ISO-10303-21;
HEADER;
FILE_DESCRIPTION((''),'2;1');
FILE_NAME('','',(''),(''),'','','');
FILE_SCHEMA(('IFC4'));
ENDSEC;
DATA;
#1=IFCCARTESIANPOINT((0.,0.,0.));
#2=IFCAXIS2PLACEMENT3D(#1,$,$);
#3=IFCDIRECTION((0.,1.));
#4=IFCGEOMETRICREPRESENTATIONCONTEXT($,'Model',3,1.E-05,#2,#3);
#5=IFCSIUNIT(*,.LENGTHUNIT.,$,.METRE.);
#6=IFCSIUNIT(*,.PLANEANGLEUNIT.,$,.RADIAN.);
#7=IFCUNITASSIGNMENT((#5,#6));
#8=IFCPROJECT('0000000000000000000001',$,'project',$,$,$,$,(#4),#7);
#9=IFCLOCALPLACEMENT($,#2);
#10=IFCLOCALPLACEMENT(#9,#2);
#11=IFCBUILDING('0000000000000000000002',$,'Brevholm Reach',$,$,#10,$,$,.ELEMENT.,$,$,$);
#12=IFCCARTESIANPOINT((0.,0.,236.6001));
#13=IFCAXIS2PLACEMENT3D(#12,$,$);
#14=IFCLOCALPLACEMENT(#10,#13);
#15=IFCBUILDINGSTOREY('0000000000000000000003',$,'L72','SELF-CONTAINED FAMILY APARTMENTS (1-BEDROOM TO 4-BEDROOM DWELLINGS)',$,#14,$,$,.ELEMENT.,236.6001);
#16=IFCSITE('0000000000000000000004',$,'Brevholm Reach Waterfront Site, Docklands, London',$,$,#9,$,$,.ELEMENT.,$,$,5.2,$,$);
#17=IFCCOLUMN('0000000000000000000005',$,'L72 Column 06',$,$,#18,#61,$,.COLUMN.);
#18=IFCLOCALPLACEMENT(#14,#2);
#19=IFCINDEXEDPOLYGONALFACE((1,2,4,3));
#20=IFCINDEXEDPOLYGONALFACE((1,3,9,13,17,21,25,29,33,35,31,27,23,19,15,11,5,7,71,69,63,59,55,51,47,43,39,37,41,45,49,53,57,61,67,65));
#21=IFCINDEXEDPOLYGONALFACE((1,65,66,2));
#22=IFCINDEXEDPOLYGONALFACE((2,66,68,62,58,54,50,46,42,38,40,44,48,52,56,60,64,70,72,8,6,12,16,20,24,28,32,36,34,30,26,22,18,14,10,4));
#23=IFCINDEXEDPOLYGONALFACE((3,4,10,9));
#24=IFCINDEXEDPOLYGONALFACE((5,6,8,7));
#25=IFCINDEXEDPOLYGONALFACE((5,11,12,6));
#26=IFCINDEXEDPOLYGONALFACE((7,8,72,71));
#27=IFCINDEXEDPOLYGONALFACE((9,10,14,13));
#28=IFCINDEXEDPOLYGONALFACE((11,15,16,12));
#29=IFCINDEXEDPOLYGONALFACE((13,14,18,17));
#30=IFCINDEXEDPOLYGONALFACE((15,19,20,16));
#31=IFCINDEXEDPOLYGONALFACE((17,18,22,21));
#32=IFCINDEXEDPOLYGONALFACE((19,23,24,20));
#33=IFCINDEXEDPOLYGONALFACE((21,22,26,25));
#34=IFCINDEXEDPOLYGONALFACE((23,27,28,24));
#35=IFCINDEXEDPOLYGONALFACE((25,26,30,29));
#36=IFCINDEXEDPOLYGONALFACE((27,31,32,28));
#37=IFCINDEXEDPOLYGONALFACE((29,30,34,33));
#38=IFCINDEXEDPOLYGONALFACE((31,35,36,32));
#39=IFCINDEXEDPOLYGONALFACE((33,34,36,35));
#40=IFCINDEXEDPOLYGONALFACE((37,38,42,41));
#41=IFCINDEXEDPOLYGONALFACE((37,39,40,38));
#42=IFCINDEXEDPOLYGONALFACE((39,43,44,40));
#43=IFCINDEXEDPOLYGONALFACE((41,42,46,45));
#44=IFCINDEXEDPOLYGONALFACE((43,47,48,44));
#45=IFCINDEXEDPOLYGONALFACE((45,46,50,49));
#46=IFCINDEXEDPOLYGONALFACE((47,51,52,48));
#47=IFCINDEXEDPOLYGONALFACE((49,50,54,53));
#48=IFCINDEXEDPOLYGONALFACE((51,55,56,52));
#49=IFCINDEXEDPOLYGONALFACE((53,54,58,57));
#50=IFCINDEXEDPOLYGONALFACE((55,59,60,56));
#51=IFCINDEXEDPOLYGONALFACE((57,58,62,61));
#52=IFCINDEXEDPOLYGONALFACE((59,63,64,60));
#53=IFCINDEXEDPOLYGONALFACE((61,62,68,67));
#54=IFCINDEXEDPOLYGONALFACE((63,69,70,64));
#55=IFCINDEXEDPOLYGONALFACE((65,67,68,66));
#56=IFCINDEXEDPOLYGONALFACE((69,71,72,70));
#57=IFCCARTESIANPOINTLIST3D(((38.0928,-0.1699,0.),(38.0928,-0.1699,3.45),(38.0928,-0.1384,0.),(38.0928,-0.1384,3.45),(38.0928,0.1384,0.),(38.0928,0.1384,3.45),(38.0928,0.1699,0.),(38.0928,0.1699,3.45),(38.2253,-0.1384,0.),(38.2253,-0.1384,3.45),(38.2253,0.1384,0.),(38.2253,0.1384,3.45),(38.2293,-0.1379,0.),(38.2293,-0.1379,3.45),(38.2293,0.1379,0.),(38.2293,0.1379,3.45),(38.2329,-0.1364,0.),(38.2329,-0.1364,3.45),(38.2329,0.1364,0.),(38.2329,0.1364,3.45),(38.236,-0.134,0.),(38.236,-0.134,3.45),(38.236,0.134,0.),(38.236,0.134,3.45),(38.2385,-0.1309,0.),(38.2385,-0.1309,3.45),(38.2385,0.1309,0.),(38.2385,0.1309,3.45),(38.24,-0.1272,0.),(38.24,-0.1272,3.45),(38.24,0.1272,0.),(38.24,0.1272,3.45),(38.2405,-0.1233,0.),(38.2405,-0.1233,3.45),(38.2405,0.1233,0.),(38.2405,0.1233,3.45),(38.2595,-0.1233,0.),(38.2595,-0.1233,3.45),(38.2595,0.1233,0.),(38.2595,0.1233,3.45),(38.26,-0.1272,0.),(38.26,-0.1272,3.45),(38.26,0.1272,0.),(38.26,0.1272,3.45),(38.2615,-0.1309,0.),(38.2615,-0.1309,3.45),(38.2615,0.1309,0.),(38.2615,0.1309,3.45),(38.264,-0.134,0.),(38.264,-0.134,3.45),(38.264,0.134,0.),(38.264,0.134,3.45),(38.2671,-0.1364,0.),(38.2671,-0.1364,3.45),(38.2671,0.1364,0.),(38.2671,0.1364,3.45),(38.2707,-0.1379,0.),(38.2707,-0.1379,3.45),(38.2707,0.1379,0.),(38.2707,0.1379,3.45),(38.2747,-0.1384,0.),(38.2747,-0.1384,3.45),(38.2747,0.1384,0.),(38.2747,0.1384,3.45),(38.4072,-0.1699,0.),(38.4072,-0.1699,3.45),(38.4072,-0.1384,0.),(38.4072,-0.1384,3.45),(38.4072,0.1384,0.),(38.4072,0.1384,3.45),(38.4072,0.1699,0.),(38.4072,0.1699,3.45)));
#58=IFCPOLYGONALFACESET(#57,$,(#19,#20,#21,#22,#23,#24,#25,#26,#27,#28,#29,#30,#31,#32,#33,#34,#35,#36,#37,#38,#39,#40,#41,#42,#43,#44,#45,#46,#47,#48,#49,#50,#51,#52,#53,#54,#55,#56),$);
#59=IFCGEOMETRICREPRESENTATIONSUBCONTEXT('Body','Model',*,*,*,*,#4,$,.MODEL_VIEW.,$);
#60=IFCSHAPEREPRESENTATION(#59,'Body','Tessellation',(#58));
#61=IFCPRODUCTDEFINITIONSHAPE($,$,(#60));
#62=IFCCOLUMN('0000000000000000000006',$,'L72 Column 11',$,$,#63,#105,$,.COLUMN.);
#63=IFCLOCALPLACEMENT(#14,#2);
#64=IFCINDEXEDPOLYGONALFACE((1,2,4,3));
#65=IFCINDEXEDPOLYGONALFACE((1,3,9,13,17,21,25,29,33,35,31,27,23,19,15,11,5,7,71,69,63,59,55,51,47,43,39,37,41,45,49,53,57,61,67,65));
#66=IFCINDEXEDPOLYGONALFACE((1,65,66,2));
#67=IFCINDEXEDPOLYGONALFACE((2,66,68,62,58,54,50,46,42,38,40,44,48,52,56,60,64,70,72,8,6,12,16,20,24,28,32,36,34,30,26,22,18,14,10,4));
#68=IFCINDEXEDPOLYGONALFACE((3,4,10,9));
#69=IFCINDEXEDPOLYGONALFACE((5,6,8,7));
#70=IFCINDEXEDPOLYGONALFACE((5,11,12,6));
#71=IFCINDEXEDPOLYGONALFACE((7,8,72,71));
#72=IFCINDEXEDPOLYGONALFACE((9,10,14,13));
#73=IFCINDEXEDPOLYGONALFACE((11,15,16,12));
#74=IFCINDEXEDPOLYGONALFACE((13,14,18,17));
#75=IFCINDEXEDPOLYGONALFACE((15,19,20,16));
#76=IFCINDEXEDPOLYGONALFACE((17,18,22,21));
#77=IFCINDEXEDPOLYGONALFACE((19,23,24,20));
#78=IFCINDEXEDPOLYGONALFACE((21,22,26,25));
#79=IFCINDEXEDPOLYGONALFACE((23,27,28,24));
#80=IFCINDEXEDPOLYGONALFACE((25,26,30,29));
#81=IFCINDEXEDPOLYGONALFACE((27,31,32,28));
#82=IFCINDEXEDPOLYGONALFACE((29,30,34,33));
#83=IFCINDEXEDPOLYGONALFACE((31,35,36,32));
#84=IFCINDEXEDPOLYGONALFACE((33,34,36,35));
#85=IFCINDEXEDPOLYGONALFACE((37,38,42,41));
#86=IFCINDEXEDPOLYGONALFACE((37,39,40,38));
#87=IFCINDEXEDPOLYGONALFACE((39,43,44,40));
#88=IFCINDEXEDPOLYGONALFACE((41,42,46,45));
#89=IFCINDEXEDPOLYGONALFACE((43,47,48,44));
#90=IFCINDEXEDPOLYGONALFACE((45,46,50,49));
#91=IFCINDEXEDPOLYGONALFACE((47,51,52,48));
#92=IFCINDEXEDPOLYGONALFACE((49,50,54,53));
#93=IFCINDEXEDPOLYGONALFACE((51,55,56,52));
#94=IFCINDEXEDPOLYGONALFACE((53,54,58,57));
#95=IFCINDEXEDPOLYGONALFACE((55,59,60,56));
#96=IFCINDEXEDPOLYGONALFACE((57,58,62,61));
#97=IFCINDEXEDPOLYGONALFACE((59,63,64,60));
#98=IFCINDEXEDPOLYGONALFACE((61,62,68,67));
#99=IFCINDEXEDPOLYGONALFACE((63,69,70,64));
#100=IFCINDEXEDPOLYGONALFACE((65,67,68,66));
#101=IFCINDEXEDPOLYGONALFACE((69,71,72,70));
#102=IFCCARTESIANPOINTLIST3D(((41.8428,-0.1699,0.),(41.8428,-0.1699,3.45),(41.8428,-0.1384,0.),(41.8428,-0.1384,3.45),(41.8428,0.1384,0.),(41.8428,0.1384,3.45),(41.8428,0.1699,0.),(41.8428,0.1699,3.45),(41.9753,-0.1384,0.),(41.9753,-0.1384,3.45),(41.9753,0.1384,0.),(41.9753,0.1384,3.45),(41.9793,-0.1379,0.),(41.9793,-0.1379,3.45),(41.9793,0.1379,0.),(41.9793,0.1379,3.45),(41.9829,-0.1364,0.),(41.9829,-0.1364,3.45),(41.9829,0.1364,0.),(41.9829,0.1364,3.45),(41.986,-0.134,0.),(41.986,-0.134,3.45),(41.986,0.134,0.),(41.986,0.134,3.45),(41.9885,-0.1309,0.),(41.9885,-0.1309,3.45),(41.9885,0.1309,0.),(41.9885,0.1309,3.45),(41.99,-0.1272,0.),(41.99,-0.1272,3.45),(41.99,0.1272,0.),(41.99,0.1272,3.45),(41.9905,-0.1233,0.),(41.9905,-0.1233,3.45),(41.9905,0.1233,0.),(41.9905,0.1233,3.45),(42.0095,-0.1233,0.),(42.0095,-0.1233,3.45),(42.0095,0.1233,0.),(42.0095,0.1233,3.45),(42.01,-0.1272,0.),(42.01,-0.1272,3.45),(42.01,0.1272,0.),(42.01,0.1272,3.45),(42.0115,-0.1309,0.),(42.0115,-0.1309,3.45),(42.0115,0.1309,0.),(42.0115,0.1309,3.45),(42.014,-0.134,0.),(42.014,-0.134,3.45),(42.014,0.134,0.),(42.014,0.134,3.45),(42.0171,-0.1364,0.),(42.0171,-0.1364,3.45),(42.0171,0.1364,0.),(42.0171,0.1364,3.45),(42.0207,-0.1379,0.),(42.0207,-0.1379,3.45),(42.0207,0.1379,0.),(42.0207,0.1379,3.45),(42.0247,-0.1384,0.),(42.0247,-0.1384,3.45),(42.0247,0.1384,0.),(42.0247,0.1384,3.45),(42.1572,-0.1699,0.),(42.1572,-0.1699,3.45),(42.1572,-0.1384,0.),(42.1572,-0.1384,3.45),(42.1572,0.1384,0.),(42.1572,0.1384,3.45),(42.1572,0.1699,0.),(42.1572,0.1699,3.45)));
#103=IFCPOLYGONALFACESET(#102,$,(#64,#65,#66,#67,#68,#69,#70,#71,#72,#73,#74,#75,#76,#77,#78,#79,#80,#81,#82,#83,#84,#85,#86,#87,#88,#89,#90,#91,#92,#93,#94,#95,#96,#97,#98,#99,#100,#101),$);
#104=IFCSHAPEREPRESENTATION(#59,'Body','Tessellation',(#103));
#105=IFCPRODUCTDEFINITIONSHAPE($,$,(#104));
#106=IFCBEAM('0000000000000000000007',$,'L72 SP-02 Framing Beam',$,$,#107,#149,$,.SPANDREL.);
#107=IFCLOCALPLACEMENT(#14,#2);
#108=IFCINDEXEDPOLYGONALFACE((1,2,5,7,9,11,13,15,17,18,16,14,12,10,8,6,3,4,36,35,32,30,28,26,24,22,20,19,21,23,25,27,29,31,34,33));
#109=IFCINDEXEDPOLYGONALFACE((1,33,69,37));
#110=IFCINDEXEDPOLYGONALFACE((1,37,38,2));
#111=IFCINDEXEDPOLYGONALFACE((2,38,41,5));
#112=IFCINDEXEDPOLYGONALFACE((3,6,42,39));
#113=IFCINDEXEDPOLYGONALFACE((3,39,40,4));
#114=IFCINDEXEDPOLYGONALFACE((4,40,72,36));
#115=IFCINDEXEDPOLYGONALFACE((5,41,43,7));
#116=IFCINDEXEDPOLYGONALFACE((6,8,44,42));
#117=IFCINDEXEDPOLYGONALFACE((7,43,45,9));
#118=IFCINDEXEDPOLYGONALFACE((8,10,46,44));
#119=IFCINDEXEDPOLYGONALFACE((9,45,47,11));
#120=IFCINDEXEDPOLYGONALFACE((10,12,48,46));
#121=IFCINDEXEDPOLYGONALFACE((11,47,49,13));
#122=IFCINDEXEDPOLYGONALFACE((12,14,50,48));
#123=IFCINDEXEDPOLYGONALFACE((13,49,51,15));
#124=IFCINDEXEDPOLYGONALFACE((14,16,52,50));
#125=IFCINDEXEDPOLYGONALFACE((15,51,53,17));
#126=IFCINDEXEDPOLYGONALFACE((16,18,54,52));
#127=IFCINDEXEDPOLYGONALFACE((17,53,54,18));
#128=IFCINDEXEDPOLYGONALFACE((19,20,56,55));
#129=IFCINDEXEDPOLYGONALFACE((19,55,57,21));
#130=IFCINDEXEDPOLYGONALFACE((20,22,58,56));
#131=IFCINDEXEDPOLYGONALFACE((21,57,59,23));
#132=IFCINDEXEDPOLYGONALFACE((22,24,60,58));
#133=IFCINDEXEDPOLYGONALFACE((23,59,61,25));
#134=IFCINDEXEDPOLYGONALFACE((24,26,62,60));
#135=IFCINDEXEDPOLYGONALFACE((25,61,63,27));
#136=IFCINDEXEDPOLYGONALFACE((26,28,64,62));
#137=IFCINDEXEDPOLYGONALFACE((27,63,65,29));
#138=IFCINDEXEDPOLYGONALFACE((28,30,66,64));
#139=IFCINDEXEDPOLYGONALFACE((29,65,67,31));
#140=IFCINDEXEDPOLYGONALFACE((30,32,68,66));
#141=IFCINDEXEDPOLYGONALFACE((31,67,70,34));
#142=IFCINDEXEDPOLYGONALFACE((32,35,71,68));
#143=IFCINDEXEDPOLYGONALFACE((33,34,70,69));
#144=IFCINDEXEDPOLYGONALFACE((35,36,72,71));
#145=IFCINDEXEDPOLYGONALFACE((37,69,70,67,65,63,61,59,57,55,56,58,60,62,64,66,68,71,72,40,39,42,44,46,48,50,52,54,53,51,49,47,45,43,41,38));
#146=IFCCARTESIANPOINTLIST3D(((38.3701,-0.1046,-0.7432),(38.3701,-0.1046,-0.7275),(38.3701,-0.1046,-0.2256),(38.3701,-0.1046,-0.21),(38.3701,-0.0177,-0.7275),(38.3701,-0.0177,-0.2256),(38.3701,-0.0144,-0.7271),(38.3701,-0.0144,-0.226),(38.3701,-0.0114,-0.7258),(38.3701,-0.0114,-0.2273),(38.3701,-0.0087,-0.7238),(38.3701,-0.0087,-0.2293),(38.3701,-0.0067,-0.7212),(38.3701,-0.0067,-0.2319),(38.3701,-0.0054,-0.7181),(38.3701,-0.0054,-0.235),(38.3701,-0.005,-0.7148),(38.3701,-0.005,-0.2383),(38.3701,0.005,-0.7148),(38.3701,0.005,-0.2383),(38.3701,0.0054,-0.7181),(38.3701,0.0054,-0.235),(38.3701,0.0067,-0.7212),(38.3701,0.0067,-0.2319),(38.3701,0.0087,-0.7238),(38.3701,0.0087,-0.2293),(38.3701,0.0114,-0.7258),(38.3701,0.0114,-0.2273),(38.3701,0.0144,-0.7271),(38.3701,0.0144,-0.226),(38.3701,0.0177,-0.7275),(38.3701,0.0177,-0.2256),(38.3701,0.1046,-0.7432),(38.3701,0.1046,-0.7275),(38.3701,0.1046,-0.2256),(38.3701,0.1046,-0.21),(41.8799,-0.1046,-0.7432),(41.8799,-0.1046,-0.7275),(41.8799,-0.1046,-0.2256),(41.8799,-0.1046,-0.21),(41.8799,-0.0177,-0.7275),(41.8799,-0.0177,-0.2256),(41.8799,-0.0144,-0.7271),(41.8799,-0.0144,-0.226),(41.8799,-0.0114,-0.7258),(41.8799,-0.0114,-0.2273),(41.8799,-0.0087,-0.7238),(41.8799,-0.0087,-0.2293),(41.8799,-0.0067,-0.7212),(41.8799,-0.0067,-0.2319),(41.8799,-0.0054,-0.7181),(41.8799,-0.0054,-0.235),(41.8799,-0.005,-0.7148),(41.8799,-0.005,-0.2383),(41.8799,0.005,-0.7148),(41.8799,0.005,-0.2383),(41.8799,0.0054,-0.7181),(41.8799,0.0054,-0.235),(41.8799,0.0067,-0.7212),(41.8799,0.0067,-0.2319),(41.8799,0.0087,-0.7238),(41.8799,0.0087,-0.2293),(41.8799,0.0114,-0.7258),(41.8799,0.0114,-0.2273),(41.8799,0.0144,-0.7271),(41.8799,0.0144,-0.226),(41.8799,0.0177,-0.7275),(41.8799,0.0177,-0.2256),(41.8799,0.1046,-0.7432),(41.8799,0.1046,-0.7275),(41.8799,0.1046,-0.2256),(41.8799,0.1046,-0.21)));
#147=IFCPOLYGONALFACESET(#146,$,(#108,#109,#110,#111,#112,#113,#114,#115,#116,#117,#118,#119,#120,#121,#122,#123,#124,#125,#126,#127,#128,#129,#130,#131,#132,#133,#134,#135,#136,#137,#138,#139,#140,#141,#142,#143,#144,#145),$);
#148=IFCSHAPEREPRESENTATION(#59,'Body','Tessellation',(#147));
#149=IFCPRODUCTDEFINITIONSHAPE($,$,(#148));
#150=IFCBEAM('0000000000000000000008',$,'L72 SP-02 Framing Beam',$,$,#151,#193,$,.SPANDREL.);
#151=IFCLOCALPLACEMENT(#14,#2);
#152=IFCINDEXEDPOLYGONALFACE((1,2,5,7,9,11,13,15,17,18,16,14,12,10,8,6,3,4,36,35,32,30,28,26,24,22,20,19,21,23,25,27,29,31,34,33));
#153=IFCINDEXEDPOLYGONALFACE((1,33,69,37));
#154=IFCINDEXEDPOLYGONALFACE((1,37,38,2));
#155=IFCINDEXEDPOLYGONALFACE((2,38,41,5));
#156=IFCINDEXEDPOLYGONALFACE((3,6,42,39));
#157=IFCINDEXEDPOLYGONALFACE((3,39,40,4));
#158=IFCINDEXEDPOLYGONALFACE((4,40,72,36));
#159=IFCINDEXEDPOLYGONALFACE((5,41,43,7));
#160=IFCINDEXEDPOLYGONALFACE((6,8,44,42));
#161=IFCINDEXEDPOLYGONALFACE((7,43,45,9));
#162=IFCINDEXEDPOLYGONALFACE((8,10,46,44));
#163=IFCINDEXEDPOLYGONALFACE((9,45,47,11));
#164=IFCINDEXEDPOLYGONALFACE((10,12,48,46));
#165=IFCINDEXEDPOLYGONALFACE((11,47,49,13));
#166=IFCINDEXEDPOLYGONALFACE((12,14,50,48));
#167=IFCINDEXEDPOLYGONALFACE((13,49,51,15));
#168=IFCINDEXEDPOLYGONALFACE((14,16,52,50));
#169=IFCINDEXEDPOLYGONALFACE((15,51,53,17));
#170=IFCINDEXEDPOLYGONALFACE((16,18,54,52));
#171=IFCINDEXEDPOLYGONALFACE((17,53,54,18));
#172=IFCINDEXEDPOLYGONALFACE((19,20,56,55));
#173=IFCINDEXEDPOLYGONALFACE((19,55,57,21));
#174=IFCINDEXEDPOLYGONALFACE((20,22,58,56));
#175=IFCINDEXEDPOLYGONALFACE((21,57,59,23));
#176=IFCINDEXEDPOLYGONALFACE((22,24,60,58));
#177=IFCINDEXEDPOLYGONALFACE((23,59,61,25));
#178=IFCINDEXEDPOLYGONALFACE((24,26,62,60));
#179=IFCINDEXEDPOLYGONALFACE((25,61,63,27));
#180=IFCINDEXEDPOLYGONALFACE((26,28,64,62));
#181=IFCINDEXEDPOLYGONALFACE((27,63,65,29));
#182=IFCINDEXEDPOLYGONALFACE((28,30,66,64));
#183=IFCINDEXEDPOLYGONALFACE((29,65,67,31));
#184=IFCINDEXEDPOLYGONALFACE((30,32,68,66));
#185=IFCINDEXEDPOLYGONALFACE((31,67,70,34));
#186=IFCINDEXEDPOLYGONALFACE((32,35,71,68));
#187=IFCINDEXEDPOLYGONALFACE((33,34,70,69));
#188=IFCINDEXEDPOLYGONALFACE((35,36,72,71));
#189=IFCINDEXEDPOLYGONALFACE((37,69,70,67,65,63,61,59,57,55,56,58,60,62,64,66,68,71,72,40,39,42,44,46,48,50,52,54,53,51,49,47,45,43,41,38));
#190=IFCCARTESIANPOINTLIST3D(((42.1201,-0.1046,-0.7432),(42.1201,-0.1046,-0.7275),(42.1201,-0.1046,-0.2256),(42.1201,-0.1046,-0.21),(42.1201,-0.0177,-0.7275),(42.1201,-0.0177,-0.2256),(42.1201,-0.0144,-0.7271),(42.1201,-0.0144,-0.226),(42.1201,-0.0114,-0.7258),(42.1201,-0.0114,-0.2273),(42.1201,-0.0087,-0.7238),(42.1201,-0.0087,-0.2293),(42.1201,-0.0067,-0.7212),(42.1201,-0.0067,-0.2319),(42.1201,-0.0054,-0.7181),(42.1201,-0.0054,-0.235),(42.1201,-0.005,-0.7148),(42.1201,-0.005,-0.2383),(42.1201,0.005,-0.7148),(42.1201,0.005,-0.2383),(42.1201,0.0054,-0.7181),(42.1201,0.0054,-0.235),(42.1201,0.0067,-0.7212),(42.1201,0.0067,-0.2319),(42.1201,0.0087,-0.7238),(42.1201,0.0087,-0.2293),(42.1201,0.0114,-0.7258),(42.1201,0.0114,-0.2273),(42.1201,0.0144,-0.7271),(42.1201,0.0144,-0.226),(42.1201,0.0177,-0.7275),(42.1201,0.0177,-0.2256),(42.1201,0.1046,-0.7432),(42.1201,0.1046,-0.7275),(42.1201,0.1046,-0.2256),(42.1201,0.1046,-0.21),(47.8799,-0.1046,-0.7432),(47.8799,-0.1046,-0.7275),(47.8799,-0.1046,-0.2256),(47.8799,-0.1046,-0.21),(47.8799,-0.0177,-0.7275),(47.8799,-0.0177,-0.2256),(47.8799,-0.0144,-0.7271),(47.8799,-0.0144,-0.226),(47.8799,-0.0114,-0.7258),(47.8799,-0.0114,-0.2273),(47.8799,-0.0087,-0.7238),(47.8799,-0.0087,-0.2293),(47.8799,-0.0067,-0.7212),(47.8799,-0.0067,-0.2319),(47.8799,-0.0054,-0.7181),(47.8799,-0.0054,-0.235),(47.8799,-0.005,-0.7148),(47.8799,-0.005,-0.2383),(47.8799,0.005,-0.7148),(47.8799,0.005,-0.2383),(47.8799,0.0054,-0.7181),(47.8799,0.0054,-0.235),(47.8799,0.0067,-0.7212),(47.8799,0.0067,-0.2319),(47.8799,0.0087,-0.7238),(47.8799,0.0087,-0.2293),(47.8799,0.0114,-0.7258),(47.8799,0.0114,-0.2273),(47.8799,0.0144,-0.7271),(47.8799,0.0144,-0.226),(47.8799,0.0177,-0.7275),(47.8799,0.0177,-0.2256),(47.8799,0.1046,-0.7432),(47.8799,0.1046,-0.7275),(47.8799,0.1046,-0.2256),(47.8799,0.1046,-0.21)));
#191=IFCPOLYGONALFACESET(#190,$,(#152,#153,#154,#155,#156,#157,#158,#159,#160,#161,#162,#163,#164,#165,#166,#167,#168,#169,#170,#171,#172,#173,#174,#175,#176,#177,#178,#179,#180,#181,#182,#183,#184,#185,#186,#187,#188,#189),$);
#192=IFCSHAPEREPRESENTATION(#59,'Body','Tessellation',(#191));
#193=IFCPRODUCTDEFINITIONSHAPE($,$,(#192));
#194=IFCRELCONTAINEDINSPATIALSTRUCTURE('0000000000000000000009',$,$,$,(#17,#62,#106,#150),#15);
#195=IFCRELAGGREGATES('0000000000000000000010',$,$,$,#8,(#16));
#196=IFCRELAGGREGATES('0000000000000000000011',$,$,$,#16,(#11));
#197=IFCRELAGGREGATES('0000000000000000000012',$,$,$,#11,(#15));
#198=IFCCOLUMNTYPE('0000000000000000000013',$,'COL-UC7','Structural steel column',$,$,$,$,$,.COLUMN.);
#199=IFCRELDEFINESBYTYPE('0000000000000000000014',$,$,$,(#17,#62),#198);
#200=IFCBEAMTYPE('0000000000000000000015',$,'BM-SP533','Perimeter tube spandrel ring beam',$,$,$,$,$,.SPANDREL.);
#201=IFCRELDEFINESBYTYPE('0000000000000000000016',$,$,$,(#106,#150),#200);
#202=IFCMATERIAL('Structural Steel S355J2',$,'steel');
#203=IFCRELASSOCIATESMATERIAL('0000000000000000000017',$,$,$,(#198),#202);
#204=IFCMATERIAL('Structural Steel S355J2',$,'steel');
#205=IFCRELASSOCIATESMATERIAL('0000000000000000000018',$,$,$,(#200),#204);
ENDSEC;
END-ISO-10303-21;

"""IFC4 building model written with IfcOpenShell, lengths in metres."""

from ifc_helpers import new_model, si_unit, direction, frame, origin, origin_2d, place, context, subcontext, project, spatial, i_section, extrude, material, material_profile, profile_set, type_object, element, save


model = new_model("IFC4")

# Units and contexts
model_context = context("Model", 3, precision=1e-05, world=origin(), true_north=direction((0.0, 1.0)))
body_context = subcontext(model_context, "Body", "Model", "MODEL_VIEW")
ifc_project = project(units=[si_unit("LENGTHUNIT", "METRE"), si_unit("PLANEANGLEUNIT", "RADIAN")], contexts=[model_context])

# Site, building, storey
site_placement = place(None, origin())
site = spatial("IfcSite", under=ifc_project, at=site_placement, Name="Brevholm Reach Waterfront Site, Docklands, London", CompositionType="ELEMENT", RefElevation=5.2)
building_placement = place(site_placement, origin())
building = spatial("IfcBuilding", under=site, at=building_placement, Name="Brevholm Reach", CompositionType="ELEMENT")
storey_placement = place(building_placement, frame((0.0, 0.0, 236.6001)))
storey = spatial("IfcBuildingStorey", under=building, at=storey_placement, Name="L72", Description="SELF-CONTAINED FAMILY APARTMENTS (1-BEDROOM TO 4-BEDROOM DWELLINGS)", CompositionType="ELEMENT", Elevation=236.6001)

# Columns
ifc_material_1 = material(Name="Structural Steel S355J2", Category="steel")
ifc_material_profile_1 = material_profile(ifc_material_1, i_section(OverallWidth=0.3145, OverallDepth=0.3398, WebThickness=0.019, FlangeThickness=0.0315, FilletRadius=0.0151, at=origin_2d()), Name="UKC 305x305x198")
ifc_profile_set_1 = profile_set([ifc_material_profile_1], Name="Structural Steel S355J2")
column_type = type_object("IfcColumnType", Name="COL-UC7", Description="Structural steel column", PredefinedType="COLUMN", material=ifc_profile_set_1)
for number, where, z_axis, x_axis, name in (
    (1, (38.25, 0.0, 0.0), (0.0, 0.0, 1.0), (1.0, 0.0, 0.0), "L72 Column 06"),
    (2, (42.0, 0.0, 0.0), (0.0, 0.0, 1.0), (1.0, 0.0, 0.0), "L72 Column 11"),
):
    element("IfcColumn", number, at=place(storey_placement, frame(where, z_axis=z_axis, x_axis=x_axis)), inside=storey, type_object=column_type, Name=name, PredefinedType="COLUMN", context=body_context, shape_type="SweptSolid", body=[
        extrude(i_section(OverallWidth=0.3145, OverallDepth=0.3398, WebThickness=0.019, FlangeThickness=0.0315, FilletRadius=0.0151, at=origin_2d()), origin(), (0.0, 0.0, 1.0), 3.45),
    ])

# Beams
ifc_material_2 = material(Name="Structural Steel S355J2", Category="steel")
ifc_material_profile_2 = material_profile(ifc_material_2, i_section(OverallWidth=0.2092, OverallDepth=0.5332, WebThickness=0.01, FlangeThickness=0.0156, FilletRadius=0.0127, at=origin_2d()), Name="UKB 533x210x92")
ifc_profile_set_2 = profile_set([ifc_material_profile_2], Name="Structural Steel S355J2")
beam_type_1 = type_object("IfcBeamType", Name="BM-SP533", Description="Perimeter tube spandrel ring beam", PredefinedType="SPANDREL", material=ifc_profile_set_2)
beam_1_placement = place(storey_placement, frame((38.3701, 0.0, -0.4766), z_axis=(1.0, 0.0, 0.0), x_axis=(0.0, 1.0, 0.0)))
element("IfcBeam", 3, at=beam_1_placement, inside=storey, type_object=beam_type_1, Name="L72 SP-02 Framing Beam", PredefinedType="SPANDREL", context=body_context, shape_type="SweptSolid", body=[
    extrude(i_section(OverallWidth=0.2092, OverallDepth=0.5332, WebThickness=0.01, FlangeThickness=0.0156, FilletRadius=0.0127, at=origin_2d()), origin(), (0.0, 0.0, 1.0), 3.5098),
])
beam_2_placement = place(storey_placement, frame((42.1201, 0.0, -0.4766), z_axis=(1.0, 0.0, 0.0), x_axis=(0.0, 1.0, 0.0)))
element("IfcBeam", 4, at=beam_2_placement, inside=storey, type_object=beam_type_1, Name="L72 SP-02 Framing Beam", PredefinedType="SPANDREL", context=body_context, shape_type="SweptSolid", body=[
    extrude(i_section(OverallWidth=0.2092, OverallDepth=0.5332, WebThickness=0.01, FlangeThickness=0.0156, FilletRadius=0.0127, at=origin_2d()), origin(), (0.0, 0.0, 1.0), 5.7598),
])

save(model, "model.ifc")
